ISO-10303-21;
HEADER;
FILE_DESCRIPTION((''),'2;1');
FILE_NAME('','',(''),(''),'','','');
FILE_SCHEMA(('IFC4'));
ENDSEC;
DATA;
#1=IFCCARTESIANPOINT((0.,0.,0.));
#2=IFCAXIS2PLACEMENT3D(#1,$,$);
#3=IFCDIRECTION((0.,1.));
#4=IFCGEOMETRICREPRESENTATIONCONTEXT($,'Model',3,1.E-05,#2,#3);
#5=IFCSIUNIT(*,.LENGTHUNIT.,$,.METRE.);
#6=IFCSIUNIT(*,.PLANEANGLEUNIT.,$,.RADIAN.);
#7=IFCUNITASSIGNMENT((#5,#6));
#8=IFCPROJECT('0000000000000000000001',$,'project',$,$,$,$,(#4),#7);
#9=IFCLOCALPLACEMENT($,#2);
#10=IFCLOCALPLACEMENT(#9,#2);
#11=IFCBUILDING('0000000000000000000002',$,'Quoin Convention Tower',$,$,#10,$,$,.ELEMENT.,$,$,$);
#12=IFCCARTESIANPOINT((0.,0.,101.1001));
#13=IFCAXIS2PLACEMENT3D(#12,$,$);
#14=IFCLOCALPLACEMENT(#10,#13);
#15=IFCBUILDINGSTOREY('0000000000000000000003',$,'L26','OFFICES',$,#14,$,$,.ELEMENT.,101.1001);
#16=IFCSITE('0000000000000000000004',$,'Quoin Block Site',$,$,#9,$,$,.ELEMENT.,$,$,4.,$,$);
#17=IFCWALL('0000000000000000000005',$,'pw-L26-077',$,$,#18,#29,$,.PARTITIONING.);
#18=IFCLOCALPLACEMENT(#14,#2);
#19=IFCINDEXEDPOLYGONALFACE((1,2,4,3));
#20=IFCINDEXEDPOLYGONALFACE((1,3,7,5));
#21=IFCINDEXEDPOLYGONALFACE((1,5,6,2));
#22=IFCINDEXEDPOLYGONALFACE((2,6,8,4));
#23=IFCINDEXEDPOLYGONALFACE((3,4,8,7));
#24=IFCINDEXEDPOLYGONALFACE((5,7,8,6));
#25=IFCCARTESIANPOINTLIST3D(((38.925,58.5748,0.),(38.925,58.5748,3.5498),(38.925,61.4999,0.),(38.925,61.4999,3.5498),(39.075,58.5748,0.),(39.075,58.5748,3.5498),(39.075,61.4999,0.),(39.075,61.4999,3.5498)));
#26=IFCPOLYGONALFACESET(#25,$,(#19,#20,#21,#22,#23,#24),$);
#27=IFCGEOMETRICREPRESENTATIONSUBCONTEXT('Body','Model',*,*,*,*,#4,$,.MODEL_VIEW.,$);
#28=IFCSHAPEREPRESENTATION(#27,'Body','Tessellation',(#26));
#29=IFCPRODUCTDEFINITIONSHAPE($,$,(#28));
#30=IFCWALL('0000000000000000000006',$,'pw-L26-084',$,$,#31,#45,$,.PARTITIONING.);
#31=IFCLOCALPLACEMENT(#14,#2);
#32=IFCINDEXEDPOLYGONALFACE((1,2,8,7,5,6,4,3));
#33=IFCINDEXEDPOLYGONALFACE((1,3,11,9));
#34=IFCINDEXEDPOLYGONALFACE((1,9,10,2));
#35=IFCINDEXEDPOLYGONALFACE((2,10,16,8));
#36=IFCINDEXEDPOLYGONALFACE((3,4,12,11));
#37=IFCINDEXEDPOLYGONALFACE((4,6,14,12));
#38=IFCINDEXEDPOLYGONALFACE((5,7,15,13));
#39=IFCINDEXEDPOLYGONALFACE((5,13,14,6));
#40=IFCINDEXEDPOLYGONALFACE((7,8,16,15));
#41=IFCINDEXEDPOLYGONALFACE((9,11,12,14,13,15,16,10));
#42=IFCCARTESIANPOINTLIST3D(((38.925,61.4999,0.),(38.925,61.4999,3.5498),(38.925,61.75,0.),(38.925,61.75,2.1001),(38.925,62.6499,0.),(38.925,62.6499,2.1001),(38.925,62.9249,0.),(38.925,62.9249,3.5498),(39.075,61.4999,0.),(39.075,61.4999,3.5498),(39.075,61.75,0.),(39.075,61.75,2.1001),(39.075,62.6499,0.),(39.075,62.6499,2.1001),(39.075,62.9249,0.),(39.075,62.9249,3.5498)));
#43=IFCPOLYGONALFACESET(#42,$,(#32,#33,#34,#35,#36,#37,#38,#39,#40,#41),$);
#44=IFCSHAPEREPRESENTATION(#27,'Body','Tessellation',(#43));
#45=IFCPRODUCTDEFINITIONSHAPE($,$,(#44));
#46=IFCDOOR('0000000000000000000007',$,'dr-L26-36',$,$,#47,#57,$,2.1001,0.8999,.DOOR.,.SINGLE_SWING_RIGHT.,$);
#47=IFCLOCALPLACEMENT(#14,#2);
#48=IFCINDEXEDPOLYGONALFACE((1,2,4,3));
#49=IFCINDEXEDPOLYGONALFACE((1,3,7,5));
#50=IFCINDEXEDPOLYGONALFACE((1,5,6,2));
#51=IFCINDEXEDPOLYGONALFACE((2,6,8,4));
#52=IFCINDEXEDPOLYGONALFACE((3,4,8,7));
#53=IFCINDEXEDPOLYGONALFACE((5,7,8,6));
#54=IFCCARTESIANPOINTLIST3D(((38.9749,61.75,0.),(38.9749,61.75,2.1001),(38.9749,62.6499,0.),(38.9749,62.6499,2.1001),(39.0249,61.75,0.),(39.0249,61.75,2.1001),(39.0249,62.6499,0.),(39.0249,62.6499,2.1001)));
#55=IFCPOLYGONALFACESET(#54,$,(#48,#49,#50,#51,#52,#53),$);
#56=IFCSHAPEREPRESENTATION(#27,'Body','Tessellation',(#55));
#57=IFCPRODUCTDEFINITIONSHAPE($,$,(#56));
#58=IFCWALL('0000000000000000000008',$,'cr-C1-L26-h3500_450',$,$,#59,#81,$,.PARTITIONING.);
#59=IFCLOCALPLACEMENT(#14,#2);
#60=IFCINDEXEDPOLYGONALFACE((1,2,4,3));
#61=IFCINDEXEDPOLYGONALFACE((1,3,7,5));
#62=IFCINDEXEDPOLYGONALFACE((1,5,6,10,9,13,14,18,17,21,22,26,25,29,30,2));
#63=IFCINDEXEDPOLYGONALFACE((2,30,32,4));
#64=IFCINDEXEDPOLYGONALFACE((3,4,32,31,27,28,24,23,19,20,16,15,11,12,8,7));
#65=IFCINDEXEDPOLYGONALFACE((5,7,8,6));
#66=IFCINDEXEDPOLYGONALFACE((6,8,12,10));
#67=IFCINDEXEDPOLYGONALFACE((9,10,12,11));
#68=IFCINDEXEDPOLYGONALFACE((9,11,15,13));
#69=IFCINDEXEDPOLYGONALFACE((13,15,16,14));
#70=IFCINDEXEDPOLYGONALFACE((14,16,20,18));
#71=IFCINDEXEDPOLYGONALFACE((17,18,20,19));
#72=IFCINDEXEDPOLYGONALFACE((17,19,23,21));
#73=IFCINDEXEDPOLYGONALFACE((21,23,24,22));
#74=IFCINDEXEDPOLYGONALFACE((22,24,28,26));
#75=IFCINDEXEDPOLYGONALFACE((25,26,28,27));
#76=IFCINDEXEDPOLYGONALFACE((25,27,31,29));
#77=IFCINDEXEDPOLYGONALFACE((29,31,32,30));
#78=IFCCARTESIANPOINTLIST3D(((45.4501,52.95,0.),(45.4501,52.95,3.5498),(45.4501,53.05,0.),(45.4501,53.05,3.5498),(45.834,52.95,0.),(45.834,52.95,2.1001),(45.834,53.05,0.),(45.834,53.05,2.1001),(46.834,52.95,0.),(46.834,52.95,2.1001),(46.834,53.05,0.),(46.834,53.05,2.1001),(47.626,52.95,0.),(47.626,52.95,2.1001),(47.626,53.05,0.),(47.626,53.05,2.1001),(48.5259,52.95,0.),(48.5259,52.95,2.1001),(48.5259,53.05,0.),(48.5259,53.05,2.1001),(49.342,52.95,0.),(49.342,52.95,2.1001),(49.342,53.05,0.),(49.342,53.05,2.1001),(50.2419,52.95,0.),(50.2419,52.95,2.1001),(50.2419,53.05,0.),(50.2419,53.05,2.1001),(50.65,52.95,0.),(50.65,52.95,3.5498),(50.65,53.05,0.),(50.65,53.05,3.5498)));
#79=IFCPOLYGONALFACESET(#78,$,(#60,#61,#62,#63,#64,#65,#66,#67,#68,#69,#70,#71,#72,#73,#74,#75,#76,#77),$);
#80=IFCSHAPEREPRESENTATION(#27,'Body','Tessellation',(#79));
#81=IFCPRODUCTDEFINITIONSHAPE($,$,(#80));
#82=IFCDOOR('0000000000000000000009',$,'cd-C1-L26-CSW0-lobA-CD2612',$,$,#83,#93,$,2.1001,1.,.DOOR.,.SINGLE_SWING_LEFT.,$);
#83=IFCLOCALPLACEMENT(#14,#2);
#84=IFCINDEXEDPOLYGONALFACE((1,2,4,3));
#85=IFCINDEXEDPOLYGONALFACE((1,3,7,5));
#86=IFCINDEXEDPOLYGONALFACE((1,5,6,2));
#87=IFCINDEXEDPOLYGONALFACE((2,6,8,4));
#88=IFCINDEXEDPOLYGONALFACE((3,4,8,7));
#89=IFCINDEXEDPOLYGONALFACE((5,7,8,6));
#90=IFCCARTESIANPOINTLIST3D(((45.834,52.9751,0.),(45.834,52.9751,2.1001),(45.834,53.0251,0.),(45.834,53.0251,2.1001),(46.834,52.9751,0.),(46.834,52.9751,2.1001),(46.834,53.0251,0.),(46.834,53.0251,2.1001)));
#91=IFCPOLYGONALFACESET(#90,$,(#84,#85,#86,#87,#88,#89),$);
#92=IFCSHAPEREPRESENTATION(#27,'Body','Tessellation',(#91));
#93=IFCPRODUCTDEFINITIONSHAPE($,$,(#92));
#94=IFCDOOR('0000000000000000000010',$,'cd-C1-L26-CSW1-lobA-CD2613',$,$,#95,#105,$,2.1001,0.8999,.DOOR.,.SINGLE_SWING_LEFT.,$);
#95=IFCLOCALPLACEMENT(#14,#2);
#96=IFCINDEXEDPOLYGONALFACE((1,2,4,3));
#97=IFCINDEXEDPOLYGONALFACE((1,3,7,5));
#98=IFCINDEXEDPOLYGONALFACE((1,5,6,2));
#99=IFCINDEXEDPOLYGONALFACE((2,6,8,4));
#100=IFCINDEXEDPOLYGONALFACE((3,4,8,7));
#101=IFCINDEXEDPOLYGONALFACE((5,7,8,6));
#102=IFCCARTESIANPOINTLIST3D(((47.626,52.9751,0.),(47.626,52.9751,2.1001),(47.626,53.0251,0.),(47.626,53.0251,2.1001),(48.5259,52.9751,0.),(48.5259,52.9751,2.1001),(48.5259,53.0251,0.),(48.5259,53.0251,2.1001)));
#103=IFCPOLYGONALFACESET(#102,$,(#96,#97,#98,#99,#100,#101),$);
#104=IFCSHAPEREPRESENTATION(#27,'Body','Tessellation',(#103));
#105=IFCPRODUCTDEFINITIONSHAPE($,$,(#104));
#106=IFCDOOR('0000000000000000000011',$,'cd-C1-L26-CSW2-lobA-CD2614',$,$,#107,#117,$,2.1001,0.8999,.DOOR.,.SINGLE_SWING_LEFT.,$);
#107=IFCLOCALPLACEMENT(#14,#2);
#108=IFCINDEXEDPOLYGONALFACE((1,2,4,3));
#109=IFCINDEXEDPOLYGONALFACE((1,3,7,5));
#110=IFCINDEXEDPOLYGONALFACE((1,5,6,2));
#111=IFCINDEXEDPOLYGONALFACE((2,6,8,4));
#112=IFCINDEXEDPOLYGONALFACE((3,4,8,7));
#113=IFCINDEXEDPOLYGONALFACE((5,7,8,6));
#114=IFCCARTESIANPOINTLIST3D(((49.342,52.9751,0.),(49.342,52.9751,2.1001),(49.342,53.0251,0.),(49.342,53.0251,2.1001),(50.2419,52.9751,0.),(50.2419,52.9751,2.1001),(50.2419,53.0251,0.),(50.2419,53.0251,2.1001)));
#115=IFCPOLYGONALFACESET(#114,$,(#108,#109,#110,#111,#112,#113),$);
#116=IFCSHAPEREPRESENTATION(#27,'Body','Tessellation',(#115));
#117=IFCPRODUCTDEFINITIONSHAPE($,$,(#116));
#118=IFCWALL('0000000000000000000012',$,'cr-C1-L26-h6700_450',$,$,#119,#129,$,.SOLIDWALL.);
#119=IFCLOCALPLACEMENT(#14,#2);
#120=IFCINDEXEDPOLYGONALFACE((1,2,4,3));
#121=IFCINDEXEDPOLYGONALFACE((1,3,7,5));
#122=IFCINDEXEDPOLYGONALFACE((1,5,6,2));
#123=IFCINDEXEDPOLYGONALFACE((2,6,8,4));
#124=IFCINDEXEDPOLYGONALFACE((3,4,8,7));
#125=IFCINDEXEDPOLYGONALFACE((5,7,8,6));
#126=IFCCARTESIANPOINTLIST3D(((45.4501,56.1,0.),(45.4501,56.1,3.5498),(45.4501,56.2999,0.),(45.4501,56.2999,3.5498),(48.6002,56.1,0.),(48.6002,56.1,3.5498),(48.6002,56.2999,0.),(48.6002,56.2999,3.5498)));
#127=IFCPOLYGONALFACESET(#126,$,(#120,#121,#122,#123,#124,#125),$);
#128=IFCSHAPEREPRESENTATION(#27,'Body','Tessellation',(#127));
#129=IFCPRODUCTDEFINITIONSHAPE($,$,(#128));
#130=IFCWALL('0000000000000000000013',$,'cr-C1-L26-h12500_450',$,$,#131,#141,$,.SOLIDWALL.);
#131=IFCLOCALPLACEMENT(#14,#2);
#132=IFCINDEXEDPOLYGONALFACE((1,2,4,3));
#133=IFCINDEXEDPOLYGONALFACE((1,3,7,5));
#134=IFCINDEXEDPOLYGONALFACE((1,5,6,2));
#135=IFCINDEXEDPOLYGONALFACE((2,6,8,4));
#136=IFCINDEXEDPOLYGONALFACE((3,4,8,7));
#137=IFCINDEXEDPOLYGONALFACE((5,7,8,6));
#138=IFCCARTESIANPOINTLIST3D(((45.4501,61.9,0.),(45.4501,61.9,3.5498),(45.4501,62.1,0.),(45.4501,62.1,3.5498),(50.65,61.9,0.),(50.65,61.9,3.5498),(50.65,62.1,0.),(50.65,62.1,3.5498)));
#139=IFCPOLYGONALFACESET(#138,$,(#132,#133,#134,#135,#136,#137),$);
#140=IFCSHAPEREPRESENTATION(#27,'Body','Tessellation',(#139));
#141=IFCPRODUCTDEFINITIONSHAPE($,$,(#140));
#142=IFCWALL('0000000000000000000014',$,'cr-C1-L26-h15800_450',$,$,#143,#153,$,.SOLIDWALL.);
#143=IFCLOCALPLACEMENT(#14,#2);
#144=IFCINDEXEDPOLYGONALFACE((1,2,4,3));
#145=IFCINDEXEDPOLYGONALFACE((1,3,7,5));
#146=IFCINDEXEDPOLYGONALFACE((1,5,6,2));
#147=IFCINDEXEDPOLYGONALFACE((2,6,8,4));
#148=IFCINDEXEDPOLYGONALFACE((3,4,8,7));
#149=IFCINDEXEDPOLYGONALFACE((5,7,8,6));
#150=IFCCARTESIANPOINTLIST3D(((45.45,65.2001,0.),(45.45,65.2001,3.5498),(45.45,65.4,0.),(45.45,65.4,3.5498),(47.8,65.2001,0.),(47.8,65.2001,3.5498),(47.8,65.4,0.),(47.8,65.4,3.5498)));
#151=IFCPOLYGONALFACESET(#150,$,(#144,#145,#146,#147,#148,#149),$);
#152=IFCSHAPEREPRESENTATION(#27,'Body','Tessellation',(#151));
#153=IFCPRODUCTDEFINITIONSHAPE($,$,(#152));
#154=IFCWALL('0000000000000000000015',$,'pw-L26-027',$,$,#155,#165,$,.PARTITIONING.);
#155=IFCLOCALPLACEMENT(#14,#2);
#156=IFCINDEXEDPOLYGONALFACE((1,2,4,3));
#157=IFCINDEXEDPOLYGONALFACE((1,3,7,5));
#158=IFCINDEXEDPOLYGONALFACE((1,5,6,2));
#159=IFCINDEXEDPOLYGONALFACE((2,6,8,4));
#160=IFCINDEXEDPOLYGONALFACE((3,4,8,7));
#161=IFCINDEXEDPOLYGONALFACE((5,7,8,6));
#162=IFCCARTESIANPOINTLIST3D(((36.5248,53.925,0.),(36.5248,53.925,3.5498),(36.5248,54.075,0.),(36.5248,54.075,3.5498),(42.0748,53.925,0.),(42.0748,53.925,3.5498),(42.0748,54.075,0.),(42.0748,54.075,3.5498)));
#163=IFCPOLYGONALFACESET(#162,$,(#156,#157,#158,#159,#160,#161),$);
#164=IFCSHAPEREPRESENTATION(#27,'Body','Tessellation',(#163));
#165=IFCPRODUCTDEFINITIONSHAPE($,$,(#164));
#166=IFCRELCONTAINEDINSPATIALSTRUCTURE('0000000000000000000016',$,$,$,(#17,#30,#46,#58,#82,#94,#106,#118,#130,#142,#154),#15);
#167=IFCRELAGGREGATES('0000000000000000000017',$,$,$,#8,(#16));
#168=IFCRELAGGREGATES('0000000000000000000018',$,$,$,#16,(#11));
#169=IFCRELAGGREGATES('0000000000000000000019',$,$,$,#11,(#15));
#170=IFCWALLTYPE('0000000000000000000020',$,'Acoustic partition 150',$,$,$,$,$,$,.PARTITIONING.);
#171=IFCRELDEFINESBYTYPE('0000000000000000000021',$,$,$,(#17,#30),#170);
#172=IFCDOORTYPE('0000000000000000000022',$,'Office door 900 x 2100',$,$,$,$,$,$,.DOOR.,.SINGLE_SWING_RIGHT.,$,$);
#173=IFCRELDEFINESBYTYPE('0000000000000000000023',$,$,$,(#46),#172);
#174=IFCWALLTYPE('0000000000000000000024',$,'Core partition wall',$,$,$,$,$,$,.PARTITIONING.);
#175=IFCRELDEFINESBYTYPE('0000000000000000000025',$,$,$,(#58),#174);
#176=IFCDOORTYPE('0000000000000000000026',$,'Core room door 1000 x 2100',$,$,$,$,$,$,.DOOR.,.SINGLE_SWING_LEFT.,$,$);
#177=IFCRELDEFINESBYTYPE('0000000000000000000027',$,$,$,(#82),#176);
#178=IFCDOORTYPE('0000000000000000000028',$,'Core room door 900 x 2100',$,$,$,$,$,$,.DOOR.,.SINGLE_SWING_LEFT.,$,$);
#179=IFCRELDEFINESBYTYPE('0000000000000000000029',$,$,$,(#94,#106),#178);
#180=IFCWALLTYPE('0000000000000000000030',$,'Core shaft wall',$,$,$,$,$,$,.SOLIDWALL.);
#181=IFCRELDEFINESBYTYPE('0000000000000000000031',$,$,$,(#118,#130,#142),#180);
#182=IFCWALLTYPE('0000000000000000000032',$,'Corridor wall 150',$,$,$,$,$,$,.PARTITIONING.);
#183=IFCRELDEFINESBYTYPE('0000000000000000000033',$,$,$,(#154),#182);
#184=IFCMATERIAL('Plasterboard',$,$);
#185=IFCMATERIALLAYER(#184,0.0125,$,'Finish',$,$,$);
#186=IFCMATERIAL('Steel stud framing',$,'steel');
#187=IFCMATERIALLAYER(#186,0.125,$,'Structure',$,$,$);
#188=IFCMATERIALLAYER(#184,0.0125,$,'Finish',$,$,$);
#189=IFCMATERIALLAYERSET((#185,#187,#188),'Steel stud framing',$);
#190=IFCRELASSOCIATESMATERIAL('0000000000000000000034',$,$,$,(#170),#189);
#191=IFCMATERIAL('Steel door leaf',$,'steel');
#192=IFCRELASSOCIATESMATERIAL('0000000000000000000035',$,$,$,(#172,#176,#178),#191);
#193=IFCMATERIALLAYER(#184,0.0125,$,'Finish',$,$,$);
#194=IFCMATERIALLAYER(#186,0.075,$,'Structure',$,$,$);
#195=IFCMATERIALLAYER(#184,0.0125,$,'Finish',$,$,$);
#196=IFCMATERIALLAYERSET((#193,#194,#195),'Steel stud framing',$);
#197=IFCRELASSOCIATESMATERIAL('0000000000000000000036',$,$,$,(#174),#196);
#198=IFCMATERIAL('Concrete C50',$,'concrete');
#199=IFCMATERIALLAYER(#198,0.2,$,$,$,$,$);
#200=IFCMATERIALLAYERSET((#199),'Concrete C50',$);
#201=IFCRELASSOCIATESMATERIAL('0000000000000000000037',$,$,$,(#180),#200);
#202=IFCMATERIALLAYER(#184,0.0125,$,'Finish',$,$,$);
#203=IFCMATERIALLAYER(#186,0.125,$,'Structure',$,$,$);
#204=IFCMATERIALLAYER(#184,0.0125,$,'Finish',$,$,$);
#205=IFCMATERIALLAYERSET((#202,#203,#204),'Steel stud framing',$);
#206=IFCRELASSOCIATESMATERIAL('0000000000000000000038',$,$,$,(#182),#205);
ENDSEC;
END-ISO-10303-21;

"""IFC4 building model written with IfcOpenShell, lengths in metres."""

from ifc_helpers import new_model, si_unit, direction, frame, frame_2d, origin, place, context, subcontext, project, spatial, rectangle, extrude, material, layer, layer_set, type_object, element, fill, save


model = new_model("IFC4")

# Units and contexts
model_context = context("Model", 3, precision=1e-05, world=origin(), true_north=direction((0.0, 1.0)))
body_context = subcontext(model_context, "Body", "Model", "MODEL_VIEW")
ifc_project = project(units=[si_unit("LENGTHUNIT", "METRE"), si_unit("PLANEANGLEUNIT", "RADIAN")], contexts=[model_context])

# Site, building, storey
site_placement = place(None, origin())
site = spatial("IfcSite", under=ifc_project, at=site_placement, Name="Quoin Block Site", CompositionType="ELEMENT", RefElevation=4.0)
building_placement = place(site_placement, origin())
building = spatial("IfcBuilding", under=site, at=building_placement, Name="Quoin Convention Tower", CompositionType="ELEMENT")
storey_placement = place(building_placement, frame((0.0, 0.0, 101.1001)))
storey = spatial("IfcBuildingStorey", under=building, at=storey_placement, Name="L26", Description="OFFICES", CompositionType="ELEMENT", Elevation=101.1001)

# Wall
ifc_material_1 = material(Name="Plasterboard")
ifc_layer_1 = layer(ifc_material_1, 0.0125, Name="Finish")
ifc_material_2 = material(Name="Steel stud framing", Category="steel")
ifc_layer_2 = layer(ifc_material_2, 0.125, Name="Structure")
ifc_layer_3 = layer(ifc_material_1, 0.0125, Name="Finish")
ifc_layer_set_1 = layer_set([ifc_layer_1, ifc_layer_2, ifc_layer_3], Name="Steel stud framing")
wall_type_1 = type_object("IfcWallType", Name="Acoustic partition 150", PredefinedType="PARTITIONING", material=ifc_layer_set_1)
wall_1_placement = place(storey_placement, frame((39.0, 58.575, 0.0), z_axis=(0.0, 0.0, 1.0), x_axis=(0.0, 1.0, 0.0)))
element("IfcWall", 1, at=wall_1_placement, inside=storey, type_object=wall_type_1, Name="pw-L26-077", PredefinedType="PARTITIONING", context=body_context, shape_type="SweptSolid", body=[
    extrude(rectangle(XDim=2.925, YDim=0.1499, at=frame_2d((1.4624, 0.0))), origin(), (0.0, 0.0, 1.0), 3.5498),
])

# Wall, opening, door
wall_2_placement = place(storey_placement, frame((39.0, 61.5, 0.0), z_axis=(0.0, 0.0, 1.0), x_axis=(0.0, 1.0, 0.0)))
wall_2 = element("IfcWall", 2, at=wall_2_placement, inside=storey, type_object=wall_type_1, Name="pw-L26-084", PredefinedType="PARTITIONING", context=body_context, shape_type="SweptSolid", body=[
    extrude(rectangle(XDim=1.425, YDim=0.1499, at=frame_2d((0.7124, 0.0))), origin(), (0.0, 0.0, 1.0), 3.5498),
])
opening_1_placement = place(wall_2_placement, frame((0.25, 0.0, 0.0)))
opening_1 = element("IfcOpeningElement", 3, at=opening_1_placement, cuts=wall_2, PredefinedType="OPENING", context=body_context, shape_type="SweptSolid", body=[
    extrude(rectangle(XDim=0.8999, YDim=2.1001, at=frame_2d((0.45, 1.05))), frame((0.0, 0.085, 0.0), z_axis=(0.0, -1.0, 0.0), x_axis=(1.0, 0.0, 0.0)), (0.0, 0.0, 1.0), 0.1699),
])
ifc_material_3 = material(Name="Steel door leaf", Category="steel")
door_type_1 = type_object("IfcDoorType", Name="Office door 900 x 2100", OperationType="SINGLE_SWING_RIGHT", PredefinedType="DOOR", material=ifc_material_3)
door_1_placement = place(opening_1_placement, frame((0.8999, 0.0, 0.0), z_axis=(0.0, 0.0, 1.0), x_axis=(-1.0, 0.0, 0.0)))
door_1 = element("IfcDoor", 4, at=door_1_placement, inside=storey, type_object=door_type_1, Name="dr-L26-36", OperationType="SINGLE_SWING_RIGHT", OverallHeight=2.1001, OverallWidth=0.8999, PredefinedType="DOOR", context=body_context, shape_type="SweptSolid", body=[
    extrude(rectangle(XDim=0.8999, YDim=2.1001, at=frame_2d((0.45, 1.05))), frame((0.0, 0.0249, 0.0), z_axis=(0.0, -1.0, 0.0), x_axis=(1.0, 0.0, 0.0)), (0.0, 0.0, 1.0), 0.05),
])
fill(opening_1, door_1)

# Wall, openings, doors
ifc_layer_4 = layer(ifc_material_1, 0.0125, Name="Finish")
ifc_layer_5 = layer(ifc_material_2, 0.075, Name="Structure")
ifc_layer_6 = layer(ifc_material_1, 0.0125, Name="Finish")
ifc_layer_set_2 = layer_set([ifc_layer_4, ifc_layer_5, ifc_layer_6], Name="Steel stud framing")
wall_type_2 = type_object("IfcWallType", Name="Core partition wall", PredefinedType="PARTITIONING", material=ifc_layer_set_2)
wall_3_placement = place(storey_placement, frame((45.45, 53.0, 0.0), z_axis=(0.0, 0.0, 1.0), x_axis=(1.0, 0.0, 0.0)))
wall_3 = element("IfcWall", 5, at=wall_3_placement, inside=storey, type_object=wall_type_2, Name="cr-C1-L26-h3500_450", PredefinedType="PARTITIONING", context=body_context, shape_type="SweptSolid", body=[
    extrude(rectangle(XDim=5.2, YDim=0.1001, at=frame_2d((2.6001, 0.0))), origin(), (0.0, 0.0, 1.0), 3.5498),
])
opening_2_placement = place(wall_3_placement, frame((0.384, 0.0, 0.0)))
opening_2 = element("IfcOpeningElement", 6, at=opening_2_placement, cuts=wall_3, PredefinedType="OPENING", context=body_context, shape_type="SweptSolid", body=[
    extrude(rectangle(XDim=1.0, YDim=2.1001, at=frame_2d((0.5, 1.05))), frame((0.0, 0.0601, 0.0), z_axis=(0.0, -1.0, 0.0), x_axis=(1.0, 0.0, 0.0)), (0.0, 0.0, 1.0), 0.1201),
])
opening_3_placement = place(wall_3_placement, frame((2.176, 0.0, 0.0)))
opening_3 = element("IfcOpeningElement", 7, at=opening_3_placement, cuts=wall_3, PredefinedType="OPENING", context=body_context, shape_type="SweptSolid", body=[
    extrude(rectangle(XDim=0.8999, YDim=2.1001, at=frame_2d((0.45, 1.05))), frame((0.0, 0.0601, 0.0), z_axis=(0.0, -1.0, 0.0), x_axis=(1.0, 0.0, 0.0)), (0.0, 0.0, 1.0), 0.1201),
])
opening_4_placement = place(wall_3_placement, frame((3.8921, 0.0, 0.0)))
opening_4 = element("IfcOpeningElement", 8, at=opening_4_placement, cuts=wall_3, PredefinedType="OPENING", context=body_context, shape_type="SweptSolid", body=[
    extrude(rectangle(XDim=0.8999, YDim=2.1001, at=frame_2d((0.45, 1.05))), frame((0.0, 0.0601, 0.0), z_axis=(0.0, -1.0, 0.0), x_axis=(1.0, 0.0, 0.0)), (0.0, 0.0, 1.0), 0.1201),
])
door_type_2 = type_object("IfcDoorType", Name="Core room door 1000 x 2100", OperationType="SINGLE_SWING_LEFT", PredefinedType="DOOR", material=ifc_material_3)
door_2_placement = place(opening_2_placement, frame((1.0, 0.0, 0.0), z_axis=(0.0, 0.0, 1.0), x_axis=(-1.0, 0.0, 0.0)))
door_2 = element("IfcDoor", 9, at=door_2_placement, inside=storey, type_object=door_type_2, Name="cd-C1-L26-CSW0-lobA-CD2612", OperationType="SINGLE_SWING_LEFT", OverallHeight=2.1001, OverallWidth=1.0, PredefinedType="DOOR", context=body_context, shape_type="SweptSolid", body=[
    extrude(rectangle(XDim=1.0, YDim=2.1001, at=frame_2d((0.5, 1.05))), frame((0.0, 0.0249, 0.0), z_axis=(0.0, -1.0, 0.0), x_axis=(1.0, 0.0, 0.0)), (0.0, 0.0, 1.0), 0.05),
])
fill(opening_2, door_2)
door_type_3 = type_object("IfcDoorType", Name="Core room door 900 x 2100", OperationType="SINGLE_SWING_LEFT", PredefinedType="DOOR", material=ifc_material_3)
door_3_placement = place(opening_3_placement, frame((0.8999, 0.0, 0.0), z_axis=(0.0, 0.0, 1.0), x_axis=(-1.0, 0.0, 0.0)))
door_3 = element("IfcDoor", 10, at=door_3_placement, inside=storey, type_object=door_type_3, Name="cd-C1-L26-CSW1-lobA-CD2613", OperationType="SINGLE_SWING_LEFT", OverallHeight=2.1001, OverallWidth=0.8999, PredefinedType="DOOR", context=body_context, shape_type="SweptSolid", body=[
    extrude(rectangle(XDim=0.8999, YDim=2.1001, at=frame_2d((0.45, 1.05))), frame((0.0, 0.0249, 0.0), z_axis=(0.0, -1.0, 0.0), x_axis=(1.0, 0.0, 0.0)), (0.0, 0.0, 1.0), 0.05),
])
fill(opening_3, door_3)
door_4_placement = place(opening_4_placement, frame((0.8999, 0.0, 0.0), z_axis=(0.0, 0.0, 1.0), x_axis=(-1.0, 0.0, 0.0)))
door_4 = element("IfcDoor", 11, at=door_4_placement, inside=storey, type_object=door_type_3, Name="cd-C1-L26-CSW2-lobA-CD2614", OperationType="SINGLE_SWING_LEFT", OverallHeight=2.1001, OverallWidth=0.8999, PredefinedType="DOOR", context=body_context, shape_type="SweptSolid", body=[
    extrude(rectangle(XDim=0.8999, YDim=2.1001, at=frame_2d((0.45, 1.05))), frame((0.0, 0.0249, 0.0), z_axis=(0.0, -1.0, 0.0), x_axis=(1.0, 0.0, 0.0)), (0.0, 0.0, 1.0), 0.05),
])
fill(opening_4, door_4)

# Walls
ifc_material_4 = material(Name="Concrete C50", Category="concrete")
ifc_layer_7 = layer(ifc_material_4, 0.2)
ifc_layer_set_3 = layer_set([ifc_layer_7], Name="Concrete C50")
wall_type_3 = type_object("IfcWallType", Name="Core shaft wall", PredefinedType="SOLIDWALL", material=ifc_layer_set_3)
wall_4_placement = place(storey_placement, frame((45.45, 56.2, 0.0), z_axis=(0.0, 0.0, 1.0), x_axis=(1.0, 0.0, 0.0)))
element("IfcWall", 12, at=wall_4_placement, inside=storey, type_object=wall_type_3, Name="cr-C1-L26-h6700_450", PredefinedType="SOLIDWALL", context=body_context, shape_type="SweptSolid", body=[
    extrude(rectangle(XDim=3.1501, YDim=0.2, at=frame_2d((1.5752, 0.0))), origin(), (0.0, 0.0, 1.0), 3.5498),
])
wall_5_placement = place(storey_placement, frame((45.45, 62.0, 0.0), z_axis=(0.0, 0.0, 1.0), x_axis=(1.0, 0.0, 0.0)))
element("IfcWall", 13, at=wall_5_placement, inside=storey, type_object=wall_type_3, Name="cr-C1-L26-h12500_450", PredefinedType="SOLIDWALL", context=body_context, shape_type="SweptSolid", body=[
    extrude(rectangle(XDim=5.2, YDim=0.2, at=frame_2d((2.6001, 0.0))), origin(), (0.0, 0.0, 1.0), 3.5498),
])
wall_6_placement = place(storey_placement, frame((45.45, 65.3, 0.0), z_axis=(0.0, 0.0, 1.0), x_axis=(1.0, 0.0, 0.0)))
element("IfcWall", 14, at=wall_6_placement, inside=storey, type_object=wall_type_3, Name="cr-C1-L26-h15800_450", PredefinedType="SOLIDWALL", context=body_context, shape_type="SweptSolid", body=[
    extrude(rectangle(XDim=2.3501, YDim=0.2, at=frame_2d((1.175, 0.0))), origin(), (0.0, 0.0, 1.0), 3.5498),
])
ifc_layer_8 = layer(ifc_material_1, 0.0125, Name="Finish")
ifc_layer_9 = layer(ifc_material_2, 0.125, Name="Structure")
ifc_layer_10 = layer(ifc_material_1, 0.0125, Name="Finish")
ifc_layer_set_4 = layer_set([ifc_layer_8, ifc_layer_9, ifc_layer_10], Name="Steel stud framing")
wall_type_4 = type_object("IfcWallType", Name="Corridor wall 150", PredefinedType="PARTITIONING", material=ifc_layer_set_4)
wall_7_placement = place(storey_placement, frame((36.5249, 54.0, 0.0), z_axis=(0.0, 0.0, 1.0), x_axis=(1.0, 0.0, 0.0)))
element("IfcWall", 15, at=wall_7_placement, inside=storey, type_object=wall_type_4, Name="pw-L26-027", PredefinedType="PARTITIONING", context=body_context, shape_type="SweptSolid", body=[
    extrude(rectangle(XDim=5.55, YDim=0.1499, at=frame_2d((2.7749, 0.0))), origin(), (0.0, 0.0, 1.0), 3.5498),
])

save(model, "model.ifc")
